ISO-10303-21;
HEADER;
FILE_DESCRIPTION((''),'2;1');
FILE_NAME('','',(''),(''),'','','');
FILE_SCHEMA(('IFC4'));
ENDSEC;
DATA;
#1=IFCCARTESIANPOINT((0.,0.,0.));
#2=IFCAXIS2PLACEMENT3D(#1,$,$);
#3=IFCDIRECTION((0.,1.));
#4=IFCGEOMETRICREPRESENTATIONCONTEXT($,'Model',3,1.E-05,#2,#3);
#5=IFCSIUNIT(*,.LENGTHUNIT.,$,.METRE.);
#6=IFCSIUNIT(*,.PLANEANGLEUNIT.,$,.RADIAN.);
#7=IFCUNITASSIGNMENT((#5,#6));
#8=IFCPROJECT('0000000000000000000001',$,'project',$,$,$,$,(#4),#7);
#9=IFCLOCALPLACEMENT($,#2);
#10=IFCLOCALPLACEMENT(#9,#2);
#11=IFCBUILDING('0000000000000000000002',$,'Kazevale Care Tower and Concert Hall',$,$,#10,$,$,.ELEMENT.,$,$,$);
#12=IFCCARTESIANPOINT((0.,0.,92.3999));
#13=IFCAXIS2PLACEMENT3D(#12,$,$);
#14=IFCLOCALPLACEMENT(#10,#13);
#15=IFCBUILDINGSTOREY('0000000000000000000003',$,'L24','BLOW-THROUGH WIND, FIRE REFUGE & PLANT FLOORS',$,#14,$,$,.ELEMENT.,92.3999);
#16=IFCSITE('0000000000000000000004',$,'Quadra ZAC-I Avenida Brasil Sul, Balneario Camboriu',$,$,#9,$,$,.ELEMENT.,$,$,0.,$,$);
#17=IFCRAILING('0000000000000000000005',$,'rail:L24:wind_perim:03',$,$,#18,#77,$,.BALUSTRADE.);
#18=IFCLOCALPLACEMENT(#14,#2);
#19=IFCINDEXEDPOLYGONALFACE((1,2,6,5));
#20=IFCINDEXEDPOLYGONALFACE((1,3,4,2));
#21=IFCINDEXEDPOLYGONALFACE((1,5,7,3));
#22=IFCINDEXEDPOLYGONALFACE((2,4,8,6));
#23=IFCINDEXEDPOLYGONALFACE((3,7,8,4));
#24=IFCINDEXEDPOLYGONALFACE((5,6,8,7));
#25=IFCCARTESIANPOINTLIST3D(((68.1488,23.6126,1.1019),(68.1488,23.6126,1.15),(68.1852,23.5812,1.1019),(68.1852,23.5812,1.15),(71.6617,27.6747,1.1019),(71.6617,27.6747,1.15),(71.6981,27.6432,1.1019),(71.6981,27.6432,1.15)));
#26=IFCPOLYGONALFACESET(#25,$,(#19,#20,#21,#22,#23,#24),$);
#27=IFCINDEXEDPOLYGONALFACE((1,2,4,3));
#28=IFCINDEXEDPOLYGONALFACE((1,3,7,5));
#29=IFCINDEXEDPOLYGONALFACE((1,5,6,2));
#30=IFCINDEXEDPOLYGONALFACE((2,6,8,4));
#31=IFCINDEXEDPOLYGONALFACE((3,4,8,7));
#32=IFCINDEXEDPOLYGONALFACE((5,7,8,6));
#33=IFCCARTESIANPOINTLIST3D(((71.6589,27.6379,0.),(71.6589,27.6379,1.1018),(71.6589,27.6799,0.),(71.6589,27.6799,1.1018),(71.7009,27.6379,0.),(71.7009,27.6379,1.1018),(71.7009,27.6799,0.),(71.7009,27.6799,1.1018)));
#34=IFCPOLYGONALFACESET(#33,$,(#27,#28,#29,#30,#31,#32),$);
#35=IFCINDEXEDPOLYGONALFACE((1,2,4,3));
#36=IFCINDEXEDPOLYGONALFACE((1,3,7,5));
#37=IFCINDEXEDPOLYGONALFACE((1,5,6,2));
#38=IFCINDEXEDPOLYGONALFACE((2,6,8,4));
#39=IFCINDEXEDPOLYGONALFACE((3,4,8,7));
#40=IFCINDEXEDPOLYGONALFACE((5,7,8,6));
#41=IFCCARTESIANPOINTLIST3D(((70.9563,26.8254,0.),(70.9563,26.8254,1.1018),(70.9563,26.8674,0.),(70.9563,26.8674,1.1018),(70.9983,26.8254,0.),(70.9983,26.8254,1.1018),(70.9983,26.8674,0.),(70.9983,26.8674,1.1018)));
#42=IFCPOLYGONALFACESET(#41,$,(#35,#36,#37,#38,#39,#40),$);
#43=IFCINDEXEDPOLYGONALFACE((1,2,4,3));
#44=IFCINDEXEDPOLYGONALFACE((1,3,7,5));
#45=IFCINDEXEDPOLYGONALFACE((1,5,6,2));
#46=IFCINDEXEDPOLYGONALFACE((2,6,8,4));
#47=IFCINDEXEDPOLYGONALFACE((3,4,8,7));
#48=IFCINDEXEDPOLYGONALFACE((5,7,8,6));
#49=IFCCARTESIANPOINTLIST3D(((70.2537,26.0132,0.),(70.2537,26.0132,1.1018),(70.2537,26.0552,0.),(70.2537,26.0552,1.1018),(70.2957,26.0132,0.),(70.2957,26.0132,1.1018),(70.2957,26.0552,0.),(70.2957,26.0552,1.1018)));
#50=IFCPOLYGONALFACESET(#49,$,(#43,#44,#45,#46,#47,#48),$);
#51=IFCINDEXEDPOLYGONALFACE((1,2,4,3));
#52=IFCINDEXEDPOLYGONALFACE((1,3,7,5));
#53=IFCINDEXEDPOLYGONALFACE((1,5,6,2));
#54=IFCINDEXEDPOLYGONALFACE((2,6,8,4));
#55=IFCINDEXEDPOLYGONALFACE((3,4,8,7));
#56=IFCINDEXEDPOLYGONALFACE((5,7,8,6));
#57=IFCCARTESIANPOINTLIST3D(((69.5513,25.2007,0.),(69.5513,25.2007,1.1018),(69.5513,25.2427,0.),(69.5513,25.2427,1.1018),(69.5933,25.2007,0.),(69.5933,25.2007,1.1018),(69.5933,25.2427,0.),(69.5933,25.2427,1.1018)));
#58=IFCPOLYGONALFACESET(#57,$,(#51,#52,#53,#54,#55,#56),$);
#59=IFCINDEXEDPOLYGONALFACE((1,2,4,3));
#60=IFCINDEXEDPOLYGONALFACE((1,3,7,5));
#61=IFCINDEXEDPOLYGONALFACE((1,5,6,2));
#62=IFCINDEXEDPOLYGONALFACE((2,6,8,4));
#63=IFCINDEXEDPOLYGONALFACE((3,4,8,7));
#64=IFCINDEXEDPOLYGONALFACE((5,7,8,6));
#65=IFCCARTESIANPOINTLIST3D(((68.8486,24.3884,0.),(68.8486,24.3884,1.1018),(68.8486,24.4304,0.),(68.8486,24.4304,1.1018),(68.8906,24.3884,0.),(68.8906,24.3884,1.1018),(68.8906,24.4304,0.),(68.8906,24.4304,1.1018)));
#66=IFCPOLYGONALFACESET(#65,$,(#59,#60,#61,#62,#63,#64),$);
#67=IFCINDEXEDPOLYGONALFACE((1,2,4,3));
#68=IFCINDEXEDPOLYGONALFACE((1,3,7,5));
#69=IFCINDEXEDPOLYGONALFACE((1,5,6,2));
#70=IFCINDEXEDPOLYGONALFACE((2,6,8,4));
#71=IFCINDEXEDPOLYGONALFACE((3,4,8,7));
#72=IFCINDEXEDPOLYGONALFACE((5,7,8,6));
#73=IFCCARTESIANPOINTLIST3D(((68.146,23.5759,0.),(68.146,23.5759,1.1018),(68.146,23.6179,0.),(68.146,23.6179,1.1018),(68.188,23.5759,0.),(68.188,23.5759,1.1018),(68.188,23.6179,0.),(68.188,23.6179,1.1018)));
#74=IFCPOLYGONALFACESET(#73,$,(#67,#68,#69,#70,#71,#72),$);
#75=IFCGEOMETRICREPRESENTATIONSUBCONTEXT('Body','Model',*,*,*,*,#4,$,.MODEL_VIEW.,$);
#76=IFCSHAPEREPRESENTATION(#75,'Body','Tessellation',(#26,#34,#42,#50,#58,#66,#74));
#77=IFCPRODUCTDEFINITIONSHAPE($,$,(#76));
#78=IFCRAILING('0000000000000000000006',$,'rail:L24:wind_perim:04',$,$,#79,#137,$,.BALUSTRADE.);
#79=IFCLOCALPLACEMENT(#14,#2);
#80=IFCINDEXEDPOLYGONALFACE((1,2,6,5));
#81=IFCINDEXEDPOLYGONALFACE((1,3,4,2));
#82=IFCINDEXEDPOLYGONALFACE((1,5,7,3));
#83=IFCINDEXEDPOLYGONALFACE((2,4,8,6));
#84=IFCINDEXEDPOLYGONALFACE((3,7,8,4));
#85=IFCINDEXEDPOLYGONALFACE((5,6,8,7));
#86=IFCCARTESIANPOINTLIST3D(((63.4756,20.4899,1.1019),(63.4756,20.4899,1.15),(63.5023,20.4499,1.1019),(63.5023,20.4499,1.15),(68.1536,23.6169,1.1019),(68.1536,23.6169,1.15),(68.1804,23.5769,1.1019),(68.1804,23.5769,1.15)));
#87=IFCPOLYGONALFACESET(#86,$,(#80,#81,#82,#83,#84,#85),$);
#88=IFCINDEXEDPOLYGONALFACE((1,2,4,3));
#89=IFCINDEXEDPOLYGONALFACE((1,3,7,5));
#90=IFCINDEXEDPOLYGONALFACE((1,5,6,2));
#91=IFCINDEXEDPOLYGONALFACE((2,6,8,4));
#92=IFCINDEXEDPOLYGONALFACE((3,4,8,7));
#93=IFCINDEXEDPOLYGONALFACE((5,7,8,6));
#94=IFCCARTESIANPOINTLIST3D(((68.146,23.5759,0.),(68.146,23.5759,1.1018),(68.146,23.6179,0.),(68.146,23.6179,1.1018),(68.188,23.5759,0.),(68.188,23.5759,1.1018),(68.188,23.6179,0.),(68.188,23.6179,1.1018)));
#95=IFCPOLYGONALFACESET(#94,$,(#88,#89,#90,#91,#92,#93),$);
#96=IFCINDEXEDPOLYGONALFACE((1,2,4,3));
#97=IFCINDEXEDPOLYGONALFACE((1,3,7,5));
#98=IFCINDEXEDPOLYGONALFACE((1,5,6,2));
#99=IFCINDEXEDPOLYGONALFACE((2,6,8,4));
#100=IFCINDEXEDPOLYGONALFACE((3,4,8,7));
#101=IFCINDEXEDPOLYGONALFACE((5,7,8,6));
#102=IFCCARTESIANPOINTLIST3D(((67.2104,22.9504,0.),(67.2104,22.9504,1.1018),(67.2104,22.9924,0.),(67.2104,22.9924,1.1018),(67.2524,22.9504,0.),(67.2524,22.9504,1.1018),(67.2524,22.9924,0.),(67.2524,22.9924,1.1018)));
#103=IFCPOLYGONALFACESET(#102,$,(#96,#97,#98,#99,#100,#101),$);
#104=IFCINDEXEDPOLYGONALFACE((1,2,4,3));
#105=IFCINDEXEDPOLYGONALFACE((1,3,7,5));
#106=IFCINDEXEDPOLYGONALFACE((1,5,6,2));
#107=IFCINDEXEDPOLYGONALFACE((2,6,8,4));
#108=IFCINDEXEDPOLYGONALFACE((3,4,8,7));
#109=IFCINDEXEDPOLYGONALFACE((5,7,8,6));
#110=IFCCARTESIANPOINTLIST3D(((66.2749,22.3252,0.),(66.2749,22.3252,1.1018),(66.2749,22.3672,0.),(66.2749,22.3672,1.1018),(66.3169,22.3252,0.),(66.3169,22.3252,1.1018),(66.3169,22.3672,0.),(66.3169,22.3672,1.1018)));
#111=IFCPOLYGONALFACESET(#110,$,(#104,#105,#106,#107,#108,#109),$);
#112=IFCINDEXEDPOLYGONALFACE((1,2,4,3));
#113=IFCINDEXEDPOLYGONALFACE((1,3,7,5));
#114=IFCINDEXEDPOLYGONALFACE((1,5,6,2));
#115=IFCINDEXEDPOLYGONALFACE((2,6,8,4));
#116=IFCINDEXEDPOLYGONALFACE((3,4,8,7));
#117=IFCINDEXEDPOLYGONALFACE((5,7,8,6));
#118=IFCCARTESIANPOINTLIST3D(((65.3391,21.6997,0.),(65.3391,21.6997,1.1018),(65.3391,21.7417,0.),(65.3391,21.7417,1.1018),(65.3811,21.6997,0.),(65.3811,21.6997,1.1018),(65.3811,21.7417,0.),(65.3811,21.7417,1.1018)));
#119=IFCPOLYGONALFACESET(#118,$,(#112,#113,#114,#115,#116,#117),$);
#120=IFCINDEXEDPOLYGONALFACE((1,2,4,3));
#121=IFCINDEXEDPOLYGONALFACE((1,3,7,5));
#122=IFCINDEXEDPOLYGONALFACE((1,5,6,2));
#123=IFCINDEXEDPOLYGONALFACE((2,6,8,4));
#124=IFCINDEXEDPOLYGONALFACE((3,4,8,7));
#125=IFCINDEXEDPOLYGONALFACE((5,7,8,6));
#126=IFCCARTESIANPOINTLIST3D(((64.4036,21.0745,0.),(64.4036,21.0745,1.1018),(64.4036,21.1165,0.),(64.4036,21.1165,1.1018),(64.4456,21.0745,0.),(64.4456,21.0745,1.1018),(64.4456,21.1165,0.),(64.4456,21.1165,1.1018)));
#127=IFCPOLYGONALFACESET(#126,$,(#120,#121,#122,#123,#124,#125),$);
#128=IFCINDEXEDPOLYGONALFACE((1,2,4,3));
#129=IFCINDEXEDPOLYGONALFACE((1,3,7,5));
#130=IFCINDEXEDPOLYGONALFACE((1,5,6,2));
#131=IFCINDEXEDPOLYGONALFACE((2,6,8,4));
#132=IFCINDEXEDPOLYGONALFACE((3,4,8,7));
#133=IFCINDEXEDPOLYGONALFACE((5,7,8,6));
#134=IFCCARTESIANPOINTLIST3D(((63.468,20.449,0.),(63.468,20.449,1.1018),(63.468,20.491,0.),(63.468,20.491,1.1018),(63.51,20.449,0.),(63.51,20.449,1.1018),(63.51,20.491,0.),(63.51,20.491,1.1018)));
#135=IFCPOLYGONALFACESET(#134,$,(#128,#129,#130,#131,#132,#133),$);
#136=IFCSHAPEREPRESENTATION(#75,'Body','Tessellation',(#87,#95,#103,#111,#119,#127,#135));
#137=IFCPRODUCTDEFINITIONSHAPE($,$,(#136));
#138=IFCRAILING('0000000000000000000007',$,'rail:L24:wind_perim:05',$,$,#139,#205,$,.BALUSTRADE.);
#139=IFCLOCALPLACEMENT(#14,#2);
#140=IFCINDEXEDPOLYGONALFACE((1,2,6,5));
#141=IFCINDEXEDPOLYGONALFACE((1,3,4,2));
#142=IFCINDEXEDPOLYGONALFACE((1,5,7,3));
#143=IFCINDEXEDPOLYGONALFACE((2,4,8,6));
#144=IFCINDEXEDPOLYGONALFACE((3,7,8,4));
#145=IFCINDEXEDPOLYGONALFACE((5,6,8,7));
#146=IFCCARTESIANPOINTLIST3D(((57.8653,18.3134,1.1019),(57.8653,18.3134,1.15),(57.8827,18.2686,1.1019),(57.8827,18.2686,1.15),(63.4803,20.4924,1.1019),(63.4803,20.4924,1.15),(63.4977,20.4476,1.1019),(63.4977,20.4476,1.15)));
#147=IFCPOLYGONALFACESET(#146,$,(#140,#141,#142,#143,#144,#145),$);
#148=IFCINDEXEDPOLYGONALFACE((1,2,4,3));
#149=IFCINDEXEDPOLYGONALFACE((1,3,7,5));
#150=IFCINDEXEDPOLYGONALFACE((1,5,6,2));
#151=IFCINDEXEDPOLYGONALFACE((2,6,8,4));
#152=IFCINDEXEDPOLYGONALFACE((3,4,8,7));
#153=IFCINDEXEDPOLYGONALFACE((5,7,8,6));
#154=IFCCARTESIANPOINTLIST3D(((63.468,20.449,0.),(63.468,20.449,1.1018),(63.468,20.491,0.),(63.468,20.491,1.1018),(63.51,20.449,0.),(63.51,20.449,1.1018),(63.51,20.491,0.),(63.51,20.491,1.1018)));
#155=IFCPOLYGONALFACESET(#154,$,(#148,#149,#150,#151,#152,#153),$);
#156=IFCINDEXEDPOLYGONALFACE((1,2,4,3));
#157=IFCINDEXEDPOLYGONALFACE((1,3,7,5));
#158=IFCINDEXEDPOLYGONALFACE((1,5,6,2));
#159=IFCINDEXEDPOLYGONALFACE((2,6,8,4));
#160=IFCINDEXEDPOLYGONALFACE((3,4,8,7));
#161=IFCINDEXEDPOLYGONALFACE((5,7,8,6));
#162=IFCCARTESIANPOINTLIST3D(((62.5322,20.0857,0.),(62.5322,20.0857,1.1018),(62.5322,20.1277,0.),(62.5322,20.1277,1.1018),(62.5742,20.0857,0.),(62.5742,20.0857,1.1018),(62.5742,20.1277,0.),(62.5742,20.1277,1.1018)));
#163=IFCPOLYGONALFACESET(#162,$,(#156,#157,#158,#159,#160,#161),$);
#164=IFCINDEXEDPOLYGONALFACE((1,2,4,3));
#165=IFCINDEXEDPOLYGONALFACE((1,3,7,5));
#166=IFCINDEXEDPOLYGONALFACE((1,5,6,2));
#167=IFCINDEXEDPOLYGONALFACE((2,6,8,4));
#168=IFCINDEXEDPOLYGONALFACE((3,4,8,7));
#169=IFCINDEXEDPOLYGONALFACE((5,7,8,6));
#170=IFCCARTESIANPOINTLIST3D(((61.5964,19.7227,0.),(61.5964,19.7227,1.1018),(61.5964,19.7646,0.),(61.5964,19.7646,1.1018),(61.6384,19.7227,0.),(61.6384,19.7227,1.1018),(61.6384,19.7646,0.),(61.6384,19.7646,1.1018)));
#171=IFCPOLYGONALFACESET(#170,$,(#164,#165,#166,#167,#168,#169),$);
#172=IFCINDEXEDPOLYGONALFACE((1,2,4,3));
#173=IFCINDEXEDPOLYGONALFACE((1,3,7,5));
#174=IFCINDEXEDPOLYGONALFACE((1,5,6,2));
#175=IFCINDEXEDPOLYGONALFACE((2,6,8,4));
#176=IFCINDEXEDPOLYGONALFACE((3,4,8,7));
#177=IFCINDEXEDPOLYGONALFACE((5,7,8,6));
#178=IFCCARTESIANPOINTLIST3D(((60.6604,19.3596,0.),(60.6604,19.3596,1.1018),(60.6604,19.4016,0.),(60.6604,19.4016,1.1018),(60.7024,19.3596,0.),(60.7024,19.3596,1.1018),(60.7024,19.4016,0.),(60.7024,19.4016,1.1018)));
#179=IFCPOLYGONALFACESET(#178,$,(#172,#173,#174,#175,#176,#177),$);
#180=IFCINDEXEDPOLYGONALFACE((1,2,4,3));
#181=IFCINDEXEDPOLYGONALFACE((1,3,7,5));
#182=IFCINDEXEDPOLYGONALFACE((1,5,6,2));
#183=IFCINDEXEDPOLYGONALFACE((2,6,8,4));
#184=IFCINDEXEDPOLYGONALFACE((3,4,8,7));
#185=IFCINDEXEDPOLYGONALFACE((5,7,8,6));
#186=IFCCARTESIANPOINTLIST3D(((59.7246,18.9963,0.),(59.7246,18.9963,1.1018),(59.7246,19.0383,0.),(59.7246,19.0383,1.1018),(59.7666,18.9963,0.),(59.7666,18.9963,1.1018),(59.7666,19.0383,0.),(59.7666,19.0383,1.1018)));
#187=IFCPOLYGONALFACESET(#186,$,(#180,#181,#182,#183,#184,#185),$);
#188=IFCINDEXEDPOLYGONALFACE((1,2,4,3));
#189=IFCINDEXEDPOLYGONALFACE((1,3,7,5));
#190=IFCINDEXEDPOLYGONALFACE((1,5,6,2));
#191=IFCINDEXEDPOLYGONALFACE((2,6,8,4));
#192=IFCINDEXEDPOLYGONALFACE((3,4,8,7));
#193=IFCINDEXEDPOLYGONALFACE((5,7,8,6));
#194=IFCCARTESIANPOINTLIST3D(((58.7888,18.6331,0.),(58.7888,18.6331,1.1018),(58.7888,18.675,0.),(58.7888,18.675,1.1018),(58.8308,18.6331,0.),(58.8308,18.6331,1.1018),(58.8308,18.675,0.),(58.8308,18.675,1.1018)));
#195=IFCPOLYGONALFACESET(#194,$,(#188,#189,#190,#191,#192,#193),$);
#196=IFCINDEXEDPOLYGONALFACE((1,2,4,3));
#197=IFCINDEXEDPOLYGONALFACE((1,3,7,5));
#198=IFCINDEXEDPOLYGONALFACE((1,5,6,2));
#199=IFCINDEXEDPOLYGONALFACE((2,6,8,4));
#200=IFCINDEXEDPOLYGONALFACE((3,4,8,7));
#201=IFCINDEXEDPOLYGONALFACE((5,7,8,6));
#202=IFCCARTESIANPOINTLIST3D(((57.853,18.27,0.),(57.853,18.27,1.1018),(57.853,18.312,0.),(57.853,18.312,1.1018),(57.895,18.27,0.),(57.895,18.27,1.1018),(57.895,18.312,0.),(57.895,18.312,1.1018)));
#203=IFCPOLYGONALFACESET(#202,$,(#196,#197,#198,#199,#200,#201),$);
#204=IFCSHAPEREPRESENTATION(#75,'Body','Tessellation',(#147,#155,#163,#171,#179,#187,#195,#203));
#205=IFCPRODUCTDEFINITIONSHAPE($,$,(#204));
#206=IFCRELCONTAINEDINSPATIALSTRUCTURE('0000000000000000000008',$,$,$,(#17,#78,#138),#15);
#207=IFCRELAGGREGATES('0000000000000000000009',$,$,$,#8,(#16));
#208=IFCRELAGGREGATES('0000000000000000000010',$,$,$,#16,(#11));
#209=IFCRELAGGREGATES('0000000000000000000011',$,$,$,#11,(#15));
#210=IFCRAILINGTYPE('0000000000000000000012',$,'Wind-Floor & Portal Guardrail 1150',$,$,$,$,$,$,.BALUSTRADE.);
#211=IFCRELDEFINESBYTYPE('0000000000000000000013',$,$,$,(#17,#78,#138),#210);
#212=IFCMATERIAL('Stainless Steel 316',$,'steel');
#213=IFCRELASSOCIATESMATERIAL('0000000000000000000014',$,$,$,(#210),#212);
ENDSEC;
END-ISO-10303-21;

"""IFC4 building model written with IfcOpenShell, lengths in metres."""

from ifc_helpers import new_model, si_unit, direction, frame, origin, origin_2d, place, context, subcontext, project, spatial, rectangle, extrude, material, type_object, element, save


model = new_model("IFC4")

# Units and contexts
model_context = context("Model", 3, precision=1e-05, world=origin(), true_north=direction((0.0, 1.0)))
body_context = subcontext(model_context, "Body", "Model", "MODEL_VIEW")
ifc_project = project(units=[si_unit("LENGTHUNIT", "METRE"), si_unit("PLANEANGLEUNIT", "RADIAN")], contexts=[model_context])

# Site, building, storey
site_placement = place(None, origin())
site = spatial("IfcSite", under=ifc_project, at=site_placement, Name="Quadra ZAC-I Avenida Brasil Sul, Balneario Camboriu", CompositionType="ELEMENT", RefElevation=0.0)
building_placement = place(site_placement, origin())
building = spatial("IfcBuilding", under=site, at=building_placement, Name="Kazevale Care Tower and Concert Hall", CompositionType="ELEMENT")
storey_placement = place(building_placement, frame((0.0, 0.0, 92.3999)))
storey = spatial("IfcBuildingStorey", under=building, at=storey_placement, Name="L24", Description="BLOW-THROUGH WIND, FIRE REFUGE & PLANT FLOORS", CompositionType="ELEMENT", Elevation=92.3999)

# Railings
ifc_material_1 = material(Name="Stainless Steel 316", Category="steel")
railing_type = type_object("IfcRailingType", Name="Wind-Floor & Portal Guardrail 1150", PredefinedType="BALUSTRADE", material=ifc_material_1)
railing_1_placement = place(storey_placement, frame((71.6799, 27.6589, 0.0)))
element("IfcRailing", 1, at=railing_1_placement, inside=storey, type_object=railing_type, Name="rail:L24:wind_perim:03", PredefinedType="BALUSTRADE", context=body_context, shape_type="SweptSolid", body=[
    extrude(rectangle(XDim=0.0481, YDim=0.0481, at=origin_2d()), frame((0.0, 0.0, 1.126), z_axis=(-0.654136, -0.756377, 0.0), x_axis=(0.756377, -0.654136, 0.0)), (0.0, 0.0, 1.0), 5.3704),
    extrude(rectangle(XDim=0.042, YDim=0.042, at=origin_2d()), origin(), (0.0, 0.0, 1.0), 1.1018),
    extrude(rectangle(XDim=0.042, YDim=0.042, at=origin_2d()), frame((-0.7026, -0.8125, 0.0)), (0.0, 0.0, 1.0), 1.1018),
    extrude(rectangle(XDim=0.042, YDim=0.042, at=origin_2d()), frame((-1.4053, -1.6248, 0.0)), (0.0, 0.0, 1.0), 1.1018),
    extrude(rectangle(XDim=0.042, YDim=0.042, at=origin_2d()), frame((-2.1077, -2.4373, 0.0)), (0.0, 0.0, 1.0), 1.1018),
    extrude(rectangle(XDim=0.042, YDim=0.042, at=origin_2d()), frame((-2.8103, -3.2495, 0.0)), (0.0, 0.0, 1.0), 1.1018),
    extrude(rectangle(XDim=0.042, YDim=0.042, at=origin_2d()), frame((-3.5129, -4.062, 0.0)), (0.0, 0.0, 1.0), 1.1018),
])
railing_2_placement = place(storey_placement, frame((68.167, 23.5969, 0.0)))
element("IfcRailing", 2, at=railing_2_placement, inside=storey, type_object=railing_type, Name="rail:L24:wind_perim:04", PredefinedType="BALUSTRADE", context=body_context, shape_type="SweptSolid", body=[
    extrude(rectangle(XDim=0.0481, YDim=0.0481, at=origin_2d()), frame((0.0, 0.0, 1.126), z_axis=(-0.831369, -0.555721, 0.0), x_axis=(0.555721, -0.831369, 0.0)), (0.0, 0.0, 1.0), 5.627),
    extrude(rectangle(XDim=0.042, YDim=0.042, at=origin_2d()), origin(), (0.0, 0.0, 1.0), 1.1018),
    extrude(rectangle(XDim=0.042, YDim=0.042, at=origin_2d()), frame((-0.9355, -0.6255, 0.0)), (0.0, 0.0, 1.0), 1.1018),
    extrude(rectangle(XDim=0.042, YDim=0.042, at=origin_2d()), frame((-1.8711, -1.2507, 0.0)), (0.0, 0.0, 1.0), 1.1018),
    extrude(rectangle(XDim=0.042, YDim=0.042, at=origin_2d()), frame((-2.8069, -1.8762, 0.0)), (0.0, 0.0, 1.0), 1.1018),
    extrude(rectangle(XDim=0.042, YDim=0.042, at=origin_2d()), frame((-3.7424, -2.5015, 0.0)), (0.0, 0.0, 1.0), 1.1018),
    extrude(rectangle(XDim=0.042, YDim=0.042, at=origin_2d()), frame((-4.678, -3.127, 0.0)), (0.0, 0.0, 1.0), 1.1018),
])
railing_3_placement = place(storey_placement, frame((63.489, 20.47, 0.0)))
element("IfcRailing", 3, at=railing_3_placement, inside=storey, type_object=railing_type, Name="rail:L24:wind_perim:05", PredefinedType="BALUSTRADE", context=body_context, shape_type="SweptSolid", body=[
    extrude(rectangle(XDim=0.0481, YDim=0.0481, at=origin_2d()), frame((0.0, 0.0, 1.126), z_axis=(-0.932265, -0.361775, 0.0), x_axis=(0.361775, -0.932265, 0.0)), (0.0, 0.0, 1.0), 6.0229),
    extrude(rectangle(XDim=0.042, YDim=0.042, at=origin_2d()), origin(), (0.0, 0.0, 1.0), 1.1018),
    extrude(rectangle(XDim=0.042, YDim=0.042, at=origin_2d()), frame((-0.9358, -0.3633, 0.0)), (0.0, 0.0, 1.0), 1.1018),
    extrude(rectangle(XDim=0.042, YDim=0.042, at=origin_2d()), frame((-1.8716, -0.7263, 0.0)), (0.0, 0.0, 1.0), 1.1018),
    extrude(rectangle(XDim=0.042, YDim=0.042, at=origin_2d()), frame((-2.8076, -1.0894, 0.0)), (0.0, 0.0, 1.0), 1.1018),
    extrude(rectangle(XDim=0.042, YDim=0.042, at=origin_2d()), frame((-3.7434, -1.4526, 0.0)), (0.0, 0.0, 1.0), 1.1018),
    extrude(rectangle(XDim=0.042, YDim=0.042, at=origin_2d()), frame((-4.6792, -1.8159, 0.0)), (0.0, 0.0, 1.0), 1.1018),
    extrude(rectangle(XDim=0.042, YDim=0.042, at=origin_2d()), frame((-5.615, -2.179, 0.0)), (0.0, 0.0, 1.0), 1.1018),
])

save(model, "model.ifc")
